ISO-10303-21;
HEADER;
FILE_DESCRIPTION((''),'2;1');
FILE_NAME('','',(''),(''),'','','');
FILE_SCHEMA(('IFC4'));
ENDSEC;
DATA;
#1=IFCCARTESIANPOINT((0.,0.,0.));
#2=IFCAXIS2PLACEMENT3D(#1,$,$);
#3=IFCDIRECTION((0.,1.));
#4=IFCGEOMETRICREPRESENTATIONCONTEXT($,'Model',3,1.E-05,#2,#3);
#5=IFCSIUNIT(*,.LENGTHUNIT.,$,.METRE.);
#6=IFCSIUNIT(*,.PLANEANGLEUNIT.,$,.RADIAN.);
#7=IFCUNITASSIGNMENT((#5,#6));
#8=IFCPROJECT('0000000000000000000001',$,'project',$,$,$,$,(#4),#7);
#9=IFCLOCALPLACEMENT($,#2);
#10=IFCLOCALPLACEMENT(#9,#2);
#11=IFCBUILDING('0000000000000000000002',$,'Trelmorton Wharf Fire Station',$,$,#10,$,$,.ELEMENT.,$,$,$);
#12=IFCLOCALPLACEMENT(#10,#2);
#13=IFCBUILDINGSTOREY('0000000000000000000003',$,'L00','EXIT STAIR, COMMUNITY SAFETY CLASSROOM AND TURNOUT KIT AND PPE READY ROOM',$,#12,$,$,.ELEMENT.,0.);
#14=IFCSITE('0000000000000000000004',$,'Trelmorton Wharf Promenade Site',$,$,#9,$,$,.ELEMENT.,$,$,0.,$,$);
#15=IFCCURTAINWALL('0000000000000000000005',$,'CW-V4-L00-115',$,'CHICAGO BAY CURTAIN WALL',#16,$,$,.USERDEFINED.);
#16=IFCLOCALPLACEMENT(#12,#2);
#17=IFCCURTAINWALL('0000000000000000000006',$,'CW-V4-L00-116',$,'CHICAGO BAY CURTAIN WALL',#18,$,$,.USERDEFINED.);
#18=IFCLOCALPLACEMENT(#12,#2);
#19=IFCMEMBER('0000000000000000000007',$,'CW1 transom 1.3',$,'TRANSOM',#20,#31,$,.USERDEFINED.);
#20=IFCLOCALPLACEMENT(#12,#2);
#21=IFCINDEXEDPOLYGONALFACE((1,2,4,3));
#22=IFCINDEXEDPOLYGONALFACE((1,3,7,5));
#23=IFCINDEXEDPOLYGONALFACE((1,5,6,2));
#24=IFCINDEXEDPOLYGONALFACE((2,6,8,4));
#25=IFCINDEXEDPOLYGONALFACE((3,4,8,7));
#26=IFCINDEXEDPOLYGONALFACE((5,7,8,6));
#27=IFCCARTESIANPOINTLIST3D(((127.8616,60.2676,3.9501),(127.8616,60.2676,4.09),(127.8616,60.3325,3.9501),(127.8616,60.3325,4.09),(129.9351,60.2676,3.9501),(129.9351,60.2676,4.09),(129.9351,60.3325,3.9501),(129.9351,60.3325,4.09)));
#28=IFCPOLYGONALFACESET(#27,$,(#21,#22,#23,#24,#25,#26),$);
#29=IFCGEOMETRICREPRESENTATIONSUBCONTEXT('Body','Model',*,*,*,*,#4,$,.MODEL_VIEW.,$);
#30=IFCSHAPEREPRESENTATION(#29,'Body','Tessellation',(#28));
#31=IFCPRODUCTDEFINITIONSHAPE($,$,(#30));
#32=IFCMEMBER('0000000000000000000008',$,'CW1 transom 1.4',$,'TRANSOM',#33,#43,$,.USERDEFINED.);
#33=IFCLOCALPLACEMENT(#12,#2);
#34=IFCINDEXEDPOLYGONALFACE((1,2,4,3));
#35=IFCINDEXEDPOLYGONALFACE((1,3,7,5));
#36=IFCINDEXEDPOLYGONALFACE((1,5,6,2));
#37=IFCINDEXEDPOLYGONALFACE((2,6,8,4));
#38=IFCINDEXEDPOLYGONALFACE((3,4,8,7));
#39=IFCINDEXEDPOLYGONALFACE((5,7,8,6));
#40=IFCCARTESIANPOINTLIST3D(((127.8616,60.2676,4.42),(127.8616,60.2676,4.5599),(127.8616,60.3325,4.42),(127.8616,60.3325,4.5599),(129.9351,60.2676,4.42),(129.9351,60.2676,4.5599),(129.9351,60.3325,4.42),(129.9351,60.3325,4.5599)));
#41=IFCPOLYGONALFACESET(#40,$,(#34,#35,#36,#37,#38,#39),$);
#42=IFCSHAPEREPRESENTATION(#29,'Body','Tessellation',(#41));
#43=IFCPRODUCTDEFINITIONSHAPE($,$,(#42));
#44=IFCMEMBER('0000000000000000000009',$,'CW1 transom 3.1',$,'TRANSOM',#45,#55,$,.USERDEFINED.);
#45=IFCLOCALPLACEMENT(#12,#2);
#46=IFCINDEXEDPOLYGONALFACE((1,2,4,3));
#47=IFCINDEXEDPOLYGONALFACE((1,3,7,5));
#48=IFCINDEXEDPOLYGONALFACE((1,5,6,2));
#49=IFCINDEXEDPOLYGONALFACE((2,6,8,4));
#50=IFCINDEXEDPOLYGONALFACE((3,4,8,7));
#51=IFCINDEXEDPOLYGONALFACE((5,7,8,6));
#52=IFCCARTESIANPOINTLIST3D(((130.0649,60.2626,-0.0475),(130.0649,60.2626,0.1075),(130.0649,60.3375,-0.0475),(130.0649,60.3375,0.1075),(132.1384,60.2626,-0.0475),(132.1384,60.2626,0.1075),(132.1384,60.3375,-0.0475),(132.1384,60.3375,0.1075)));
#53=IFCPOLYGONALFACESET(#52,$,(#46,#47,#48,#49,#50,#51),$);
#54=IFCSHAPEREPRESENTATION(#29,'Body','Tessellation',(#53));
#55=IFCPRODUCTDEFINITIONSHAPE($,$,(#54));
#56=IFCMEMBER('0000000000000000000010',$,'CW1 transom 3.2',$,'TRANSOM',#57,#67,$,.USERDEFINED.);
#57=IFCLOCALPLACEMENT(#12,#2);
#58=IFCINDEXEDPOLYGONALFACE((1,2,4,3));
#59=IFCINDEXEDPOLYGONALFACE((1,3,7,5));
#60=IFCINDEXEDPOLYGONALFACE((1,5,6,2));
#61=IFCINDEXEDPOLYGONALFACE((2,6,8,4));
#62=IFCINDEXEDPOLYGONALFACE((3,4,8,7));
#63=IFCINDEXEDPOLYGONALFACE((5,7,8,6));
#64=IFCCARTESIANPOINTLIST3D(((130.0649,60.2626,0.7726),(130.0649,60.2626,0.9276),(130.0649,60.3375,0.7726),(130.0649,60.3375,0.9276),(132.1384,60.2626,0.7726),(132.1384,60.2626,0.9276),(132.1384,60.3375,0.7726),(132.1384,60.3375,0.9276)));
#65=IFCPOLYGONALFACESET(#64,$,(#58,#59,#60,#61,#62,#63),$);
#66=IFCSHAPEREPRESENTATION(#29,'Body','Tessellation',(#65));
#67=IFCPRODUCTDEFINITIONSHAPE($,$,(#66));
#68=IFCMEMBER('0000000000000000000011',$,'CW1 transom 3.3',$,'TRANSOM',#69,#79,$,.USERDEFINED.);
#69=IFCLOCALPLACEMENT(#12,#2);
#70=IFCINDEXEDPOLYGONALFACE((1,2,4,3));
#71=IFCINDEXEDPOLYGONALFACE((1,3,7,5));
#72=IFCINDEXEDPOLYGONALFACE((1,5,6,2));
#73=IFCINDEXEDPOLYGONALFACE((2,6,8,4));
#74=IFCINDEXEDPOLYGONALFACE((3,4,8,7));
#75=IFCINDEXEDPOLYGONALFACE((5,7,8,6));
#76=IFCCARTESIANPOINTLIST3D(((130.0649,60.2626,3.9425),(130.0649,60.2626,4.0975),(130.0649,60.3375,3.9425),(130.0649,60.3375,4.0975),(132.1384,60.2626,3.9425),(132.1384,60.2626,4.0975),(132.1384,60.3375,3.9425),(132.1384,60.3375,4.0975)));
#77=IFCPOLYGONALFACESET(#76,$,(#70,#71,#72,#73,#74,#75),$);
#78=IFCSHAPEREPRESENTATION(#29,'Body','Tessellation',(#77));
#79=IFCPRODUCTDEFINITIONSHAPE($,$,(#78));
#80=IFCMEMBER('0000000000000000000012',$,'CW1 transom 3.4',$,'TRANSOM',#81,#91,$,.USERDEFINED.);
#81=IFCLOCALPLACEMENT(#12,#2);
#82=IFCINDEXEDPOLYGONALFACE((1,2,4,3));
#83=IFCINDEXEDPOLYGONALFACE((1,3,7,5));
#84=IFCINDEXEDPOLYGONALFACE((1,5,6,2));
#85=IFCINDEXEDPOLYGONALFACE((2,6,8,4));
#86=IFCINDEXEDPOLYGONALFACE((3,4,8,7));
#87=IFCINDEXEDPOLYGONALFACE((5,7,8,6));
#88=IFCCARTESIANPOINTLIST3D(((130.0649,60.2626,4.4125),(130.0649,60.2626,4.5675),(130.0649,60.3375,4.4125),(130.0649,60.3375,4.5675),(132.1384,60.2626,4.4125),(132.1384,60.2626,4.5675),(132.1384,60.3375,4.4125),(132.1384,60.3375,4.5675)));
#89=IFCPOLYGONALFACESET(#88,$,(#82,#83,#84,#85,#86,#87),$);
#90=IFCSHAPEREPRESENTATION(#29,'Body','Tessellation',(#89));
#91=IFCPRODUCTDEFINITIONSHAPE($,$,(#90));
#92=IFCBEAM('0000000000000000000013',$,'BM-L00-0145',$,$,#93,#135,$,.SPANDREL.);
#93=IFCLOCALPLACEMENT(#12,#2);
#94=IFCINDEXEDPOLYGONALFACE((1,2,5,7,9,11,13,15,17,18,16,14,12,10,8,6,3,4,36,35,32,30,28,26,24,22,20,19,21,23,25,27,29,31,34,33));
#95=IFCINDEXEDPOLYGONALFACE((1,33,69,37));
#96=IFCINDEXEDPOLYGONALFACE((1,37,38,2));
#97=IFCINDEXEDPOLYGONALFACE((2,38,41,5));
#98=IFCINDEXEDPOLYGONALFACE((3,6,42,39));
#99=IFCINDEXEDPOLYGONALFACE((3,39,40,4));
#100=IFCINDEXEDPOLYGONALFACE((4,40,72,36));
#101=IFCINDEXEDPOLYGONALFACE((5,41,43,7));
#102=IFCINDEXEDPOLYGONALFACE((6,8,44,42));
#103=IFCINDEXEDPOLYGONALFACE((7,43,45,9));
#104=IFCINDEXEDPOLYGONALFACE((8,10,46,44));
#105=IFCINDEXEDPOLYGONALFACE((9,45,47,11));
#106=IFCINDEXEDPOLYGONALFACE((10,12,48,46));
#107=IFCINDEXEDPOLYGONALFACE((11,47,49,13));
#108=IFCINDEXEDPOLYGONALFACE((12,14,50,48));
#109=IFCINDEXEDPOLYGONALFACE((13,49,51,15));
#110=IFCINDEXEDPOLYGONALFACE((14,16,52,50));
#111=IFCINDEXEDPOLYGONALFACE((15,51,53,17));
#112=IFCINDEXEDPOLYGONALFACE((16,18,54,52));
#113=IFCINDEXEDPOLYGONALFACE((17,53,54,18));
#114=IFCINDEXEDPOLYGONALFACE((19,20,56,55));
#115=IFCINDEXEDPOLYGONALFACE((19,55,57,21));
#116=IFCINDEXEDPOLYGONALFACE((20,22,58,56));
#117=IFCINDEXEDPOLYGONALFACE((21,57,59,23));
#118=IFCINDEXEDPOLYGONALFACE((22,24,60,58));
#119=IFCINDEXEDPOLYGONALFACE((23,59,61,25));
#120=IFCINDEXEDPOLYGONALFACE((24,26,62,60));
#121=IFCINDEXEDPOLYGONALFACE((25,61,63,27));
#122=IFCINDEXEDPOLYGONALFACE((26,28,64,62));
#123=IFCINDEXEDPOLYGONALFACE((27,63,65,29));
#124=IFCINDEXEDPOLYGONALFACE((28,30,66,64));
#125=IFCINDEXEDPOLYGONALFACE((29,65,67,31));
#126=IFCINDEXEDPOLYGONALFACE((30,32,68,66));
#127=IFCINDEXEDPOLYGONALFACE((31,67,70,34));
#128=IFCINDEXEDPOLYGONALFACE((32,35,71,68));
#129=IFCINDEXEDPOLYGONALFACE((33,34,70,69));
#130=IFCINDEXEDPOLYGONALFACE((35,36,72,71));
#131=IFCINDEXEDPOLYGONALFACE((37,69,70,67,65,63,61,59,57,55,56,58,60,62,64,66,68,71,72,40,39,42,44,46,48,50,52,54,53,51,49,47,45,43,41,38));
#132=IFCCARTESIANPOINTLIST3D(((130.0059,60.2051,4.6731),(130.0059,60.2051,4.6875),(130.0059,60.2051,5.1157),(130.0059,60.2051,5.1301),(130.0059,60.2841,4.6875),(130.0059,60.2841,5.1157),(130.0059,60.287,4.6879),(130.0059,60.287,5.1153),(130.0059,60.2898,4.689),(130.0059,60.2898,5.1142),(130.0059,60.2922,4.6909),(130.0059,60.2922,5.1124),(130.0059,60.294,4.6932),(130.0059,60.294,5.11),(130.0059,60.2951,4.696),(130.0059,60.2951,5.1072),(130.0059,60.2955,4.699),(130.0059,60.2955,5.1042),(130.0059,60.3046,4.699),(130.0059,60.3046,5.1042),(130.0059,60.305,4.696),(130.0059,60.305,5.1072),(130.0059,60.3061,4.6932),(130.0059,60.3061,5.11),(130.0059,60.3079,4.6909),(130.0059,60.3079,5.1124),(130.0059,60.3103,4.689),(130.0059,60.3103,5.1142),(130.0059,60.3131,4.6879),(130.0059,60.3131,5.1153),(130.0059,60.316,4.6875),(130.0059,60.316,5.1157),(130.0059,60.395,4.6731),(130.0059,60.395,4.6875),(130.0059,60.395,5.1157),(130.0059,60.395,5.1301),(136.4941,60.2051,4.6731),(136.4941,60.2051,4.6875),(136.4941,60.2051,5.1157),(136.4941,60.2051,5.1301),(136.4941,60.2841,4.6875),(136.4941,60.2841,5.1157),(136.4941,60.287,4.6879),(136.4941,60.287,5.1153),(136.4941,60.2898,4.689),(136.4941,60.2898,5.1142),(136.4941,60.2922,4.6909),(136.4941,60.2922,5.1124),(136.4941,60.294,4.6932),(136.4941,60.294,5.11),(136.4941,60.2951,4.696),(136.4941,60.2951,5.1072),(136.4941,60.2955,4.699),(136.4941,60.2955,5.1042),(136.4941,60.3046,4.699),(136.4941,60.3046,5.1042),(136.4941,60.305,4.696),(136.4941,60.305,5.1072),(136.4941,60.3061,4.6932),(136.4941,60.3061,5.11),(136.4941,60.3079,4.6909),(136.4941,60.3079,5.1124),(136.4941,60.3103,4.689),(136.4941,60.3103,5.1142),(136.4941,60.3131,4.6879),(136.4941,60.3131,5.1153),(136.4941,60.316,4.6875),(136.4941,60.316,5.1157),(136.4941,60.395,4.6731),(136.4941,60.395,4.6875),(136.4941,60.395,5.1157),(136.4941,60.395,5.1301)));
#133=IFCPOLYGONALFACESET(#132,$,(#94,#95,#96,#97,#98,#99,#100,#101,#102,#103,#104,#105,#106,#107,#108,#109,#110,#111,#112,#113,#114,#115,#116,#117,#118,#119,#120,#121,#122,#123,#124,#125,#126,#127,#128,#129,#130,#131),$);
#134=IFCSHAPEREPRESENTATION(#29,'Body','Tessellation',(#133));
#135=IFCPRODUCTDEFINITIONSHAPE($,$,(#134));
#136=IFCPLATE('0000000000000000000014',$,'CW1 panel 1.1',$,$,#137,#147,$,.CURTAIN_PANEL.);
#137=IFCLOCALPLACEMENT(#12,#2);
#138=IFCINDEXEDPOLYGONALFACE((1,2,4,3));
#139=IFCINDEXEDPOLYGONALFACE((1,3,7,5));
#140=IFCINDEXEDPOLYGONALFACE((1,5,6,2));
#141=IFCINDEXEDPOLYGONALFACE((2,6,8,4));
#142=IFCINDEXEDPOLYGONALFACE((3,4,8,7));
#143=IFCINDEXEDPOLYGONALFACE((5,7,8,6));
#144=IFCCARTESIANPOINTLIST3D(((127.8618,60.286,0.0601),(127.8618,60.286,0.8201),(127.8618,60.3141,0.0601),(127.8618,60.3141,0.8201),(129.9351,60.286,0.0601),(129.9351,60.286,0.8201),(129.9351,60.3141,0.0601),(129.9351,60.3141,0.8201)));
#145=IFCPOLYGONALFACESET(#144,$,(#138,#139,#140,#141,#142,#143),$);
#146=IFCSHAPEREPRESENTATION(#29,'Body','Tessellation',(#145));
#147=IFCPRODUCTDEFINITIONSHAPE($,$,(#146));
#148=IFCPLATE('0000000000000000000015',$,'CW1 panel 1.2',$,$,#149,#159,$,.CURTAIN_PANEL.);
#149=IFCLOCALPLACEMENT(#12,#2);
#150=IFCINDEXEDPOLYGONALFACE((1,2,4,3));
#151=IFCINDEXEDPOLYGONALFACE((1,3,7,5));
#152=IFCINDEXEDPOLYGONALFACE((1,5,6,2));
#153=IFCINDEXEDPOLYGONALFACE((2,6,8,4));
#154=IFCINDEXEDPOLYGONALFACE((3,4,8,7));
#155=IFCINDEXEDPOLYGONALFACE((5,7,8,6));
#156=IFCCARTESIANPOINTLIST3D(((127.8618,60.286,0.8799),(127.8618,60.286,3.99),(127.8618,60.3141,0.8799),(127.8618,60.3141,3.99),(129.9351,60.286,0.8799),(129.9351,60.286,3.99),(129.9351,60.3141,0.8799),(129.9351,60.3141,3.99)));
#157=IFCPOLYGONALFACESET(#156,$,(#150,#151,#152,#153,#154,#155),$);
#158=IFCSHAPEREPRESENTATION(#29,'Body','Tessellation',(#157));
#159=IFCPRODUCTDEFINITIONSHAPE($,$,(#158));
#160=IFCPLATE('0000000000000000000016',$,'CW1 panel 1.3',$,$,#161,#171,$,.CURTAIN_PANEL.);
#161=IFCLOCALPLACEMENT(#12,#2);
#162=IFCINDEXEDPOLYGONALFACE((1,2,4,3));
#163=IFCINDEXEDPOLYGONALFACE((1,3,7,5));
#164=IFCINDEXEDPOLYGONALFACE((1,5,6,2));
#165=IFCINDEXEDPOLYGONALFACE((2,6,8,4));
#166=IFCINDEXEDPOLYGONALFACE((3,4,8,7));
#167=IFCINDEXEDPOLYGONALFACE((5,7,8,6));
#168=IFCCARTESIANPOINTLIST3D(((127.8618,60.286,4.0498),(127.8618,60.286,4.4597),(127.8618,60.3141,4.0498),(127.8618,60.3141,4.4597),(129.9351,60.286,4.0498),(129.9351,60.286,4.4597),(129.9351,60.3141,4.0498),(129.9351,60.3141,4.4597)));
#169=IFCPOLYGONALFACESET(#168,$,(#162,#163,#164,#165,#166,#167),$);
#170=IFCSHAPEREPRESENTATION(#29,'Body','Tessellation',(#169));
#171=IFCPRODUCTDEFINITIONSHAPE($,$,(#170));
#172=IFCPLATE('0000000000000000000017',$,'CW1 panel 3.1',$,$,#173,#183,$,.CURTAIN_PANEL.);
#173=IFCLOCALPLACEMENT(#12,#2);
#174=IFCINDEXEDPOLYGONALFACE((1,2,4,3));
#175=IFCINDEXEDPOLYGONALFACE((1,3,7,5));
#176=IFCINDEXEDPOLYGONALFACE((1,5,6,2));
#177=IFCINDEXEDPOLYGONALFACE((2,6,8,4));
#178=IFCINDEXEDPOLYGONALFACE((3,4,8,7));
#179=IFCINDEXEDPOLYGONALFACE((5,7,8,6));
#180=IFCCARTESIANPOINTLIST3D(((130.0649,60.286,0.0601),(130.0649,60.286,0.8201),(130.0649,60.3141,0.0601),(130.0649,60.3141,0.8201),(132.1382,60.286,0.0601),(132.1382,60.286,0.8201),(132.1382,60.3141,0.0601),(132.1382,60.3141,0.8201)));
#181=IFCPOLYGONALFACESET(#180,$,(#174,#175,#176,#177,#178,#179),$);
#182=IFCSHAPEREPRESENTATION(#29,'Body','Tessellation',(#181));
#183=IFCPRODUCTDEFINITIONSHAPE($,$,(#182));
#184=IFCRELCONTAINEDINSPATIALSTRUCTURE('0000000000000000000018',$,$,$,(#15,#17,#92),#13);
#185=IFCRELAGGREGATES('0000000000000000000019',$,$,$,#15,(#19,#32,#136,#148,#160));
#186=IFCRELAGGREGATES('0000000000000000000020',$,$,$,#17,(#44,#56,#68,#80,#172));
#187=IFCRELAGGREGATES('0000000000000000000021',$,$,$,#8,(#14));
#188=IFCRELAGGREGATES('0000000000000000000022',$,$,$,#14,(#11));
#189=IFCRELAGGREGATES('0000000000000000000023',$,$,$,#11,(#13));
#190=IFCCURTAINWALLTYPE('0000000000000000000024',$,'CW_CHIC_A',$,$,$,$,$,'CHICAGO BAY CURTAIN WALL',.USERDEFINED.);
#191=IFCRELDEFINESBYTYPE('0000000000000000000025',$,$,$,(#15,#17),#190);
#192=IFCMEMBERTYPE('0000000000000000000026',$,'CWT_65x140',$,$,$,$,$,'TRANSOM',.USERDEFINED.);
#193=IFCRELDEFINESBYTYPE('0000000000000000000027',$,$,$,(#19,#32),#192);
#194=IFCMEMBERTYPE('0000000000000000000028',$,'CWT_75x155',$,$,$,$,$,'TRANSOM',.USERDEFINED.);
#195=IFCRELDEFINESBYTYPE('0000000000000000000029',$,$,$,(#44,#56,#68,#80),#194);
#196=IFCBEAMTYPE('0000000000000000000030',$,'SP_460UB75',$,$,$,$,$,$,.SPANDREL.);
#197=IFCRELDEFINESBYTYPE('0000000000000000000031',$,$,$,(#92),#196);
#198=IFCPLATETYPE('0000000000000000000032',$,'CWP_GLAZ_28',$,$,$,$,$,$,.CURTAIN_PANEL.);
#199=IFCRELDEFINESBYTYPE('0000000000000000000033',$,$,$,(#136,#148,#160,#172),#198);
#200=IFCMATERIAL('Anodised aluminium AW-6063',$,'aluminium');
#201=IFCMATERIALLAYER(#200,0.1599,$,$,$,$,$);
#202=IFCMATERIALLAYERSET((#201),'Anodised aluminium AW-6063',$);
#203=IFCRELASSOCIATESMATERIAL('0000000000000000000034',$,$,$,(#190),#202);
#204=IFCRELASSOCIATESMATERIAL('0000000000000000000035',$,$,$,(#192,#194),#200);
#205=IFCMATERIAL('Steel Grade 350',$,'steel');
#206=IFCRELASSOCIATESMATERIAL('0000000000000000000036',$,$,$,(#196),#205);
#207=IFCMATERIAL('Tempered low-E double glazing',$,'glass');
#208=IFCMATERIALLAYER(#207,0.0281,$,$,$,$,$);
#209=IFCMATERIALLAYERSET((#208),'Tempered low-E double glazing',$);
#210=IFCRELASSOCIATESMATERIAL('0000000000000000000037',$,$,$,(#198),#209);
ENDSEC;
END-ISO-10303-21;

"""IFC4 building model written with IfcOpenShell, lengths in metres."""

from ifc_helpers import new_model, si_unit, direction, frame, origin, origin_2d, place, context, subcontext, project, spatial, rectangle, i_section, extrude, material, layer, layer_set, material_profile, profile_set, type_object, element, aggregate, save


model = new_model("IFC4")

# Units and contexts
model_context = context("Model", 3, precision=1e-05, world=origin(), true_north=direction((0.0, 1.0)))
body_context = subcontext(model_context, "Body", "Model", "MODEL_VIEW")
ifc_project = project(units=[si_unit("LENGTHUNIT", "METRE"), si_unit("PLANEANGLEUNIT", "RADIAN")], contexts=[model_context])

# Site, building, storey
site_placement = place(None, origin())
site = spatial("IfcSite", under=ifc_project, at=site_placement, Name="Trelmorton Wharf Promenade Site", CompositionType="ELEMENT", RefElevation=0.0)
building_placement = place(site_placement, origin())
building = spatial("IfcBuilding", under=site, at=building_placement, Name="Trelmorton Wharf Fire Station", CompositionType="ELEMENT")
storey_placement = place(building_placement, origin())
storey = spatial("IfcBuildingStorey", under=building, at=storey_placement, Name="L00", Description="EXIT STAIR, COMMUNITY SAFETY CLASSROOM AND TURNOUT KIT AND PPE READY ROOM", CompositionType="ELEMENT", Elevation=0.0)

# Shared definitions
ifc_material_1 = material(Name="Steel Grade 350", Category="steel")

# Curtain walls
ifc_material_2 = material(Name="Anodised aluminium AW-6063", Category="aluminium")
ifc_layer_1 = layer(ifc_material_2, 0.1599)
ifc_layer_set_1 = layer_set([ifc_layer_1], Name="Anodised aluminium AW-6063")
curtain_wall_type = type_object("IfcCurtainWallType", Name="CW_CHIC_A", ElementType="CHICAGO BAY CURTAIN WALL", PredefinedType="USERDEFINED", material=ifc_layer_set_1)
curtain_wall_1_placement = place(storey_placement, origin())
curtain_wall_1 = element("IfcCurtainWall", 1, at=curtain_wall_1_placement, inside=storey, type_object=curtain_wall_type, Name="CW-V4-L00-115", ObjectType="CHICAGO BAY CURTAIN WALL", PredefinedType="USERDEFINED")
curtain_wall_2_placement = place(storey_placement, origin())
curtain_wall_2 = element("IfcCurtainWall", 2, at=curtain_wall_2_placement, inside=storey, type_object=curtain_wall_type, Name="CW-V4-L00-116", ObjectType="CHICAGO BAY CURTAIN WALL", PredefinedType="USERDEFINED")

# Members
ifc_material_profile_1 = material_profile(ifc_material_2, rectangle(XDim=0.0649, YDim=0.1399, at=origin_2d()), Name="ALU-65x140")
ifc_profile_set_1 = profile_set([ifc_material_profile_1], Name="Anodised aluminium AW-6063")
member_type_1 = type_object("IfcMemberType", Name="CWT_65x140", ElementType="TRANSOM", PredefinedType="USERDEFINED", material=ifc_profile_set_1)
member_1_placement = place(storey_placement, frame((129.9351, 60.3, 4.02), z_axis=(-1.0, 0.0, 0.0), x_axis=(0.0, -1.0, 0.0)))
member_1 = element("IfcMember", 3, at=member_1_placement, type_object=member_type_1, Name="CW1 transom 1.3", ObjectType="TRANSOM", PredefinedType="USERDEFINED", context=body_context, shape_type="SweptSolid", body=[
    extrude(rectangle(XDim=0.0649, YDim=0.1399, at=origin_2d()), origin(), (0.0, 0.0, 1.0), 2.0735),
])
member_2_placement = place(storey_placement, frame((129.9351, 60.3, 4.49), z_axis=(-1.0, 0.0, 0.0), x_axis=(0.0, -1.0, 0.0)))
member_2 = element("IfcMember", 4, at=member_2_placement, type_object=member_type_1, Name="CW1 transom 1.4", ObjectType="TRANSOM", PredefinedType="USERDEFINED", context=body_context, shape_type="SweptSolid", body=[
    extrude(rectangle(XDim=0.0649, YDim=0.1399, at=origin_2d()), origin(), (0.0, 0.0, 1.0), 2.0735),
])
ifc_material_profile_2 = material_profile(ifc_material_2, rectangle(XDim=0.075, YDim=0.155, at=origin_2d()), Name="ALU-75x155")
ifc_profile_set_2 = profile_set([ifc_material_profile_2], Name="Anodised aluminium AW-6063")
member_type_2 = type_object("IfcMemberType", Name="CWT_75x155", ElementType="TRANSOM", PredefinedType="USERDEFINED", material=ifc_profile_set_2)
member_3_placement = place(storey_placement, frame((132.1384, 60.3, 0.03), z_axis=(-1.0, 0.0, 0.0), x_axis=(0.0, -1.0, 0.0)))
member_3 = element("IfcMember", 5, at=member_3_placement, type_object=member_type_2, Name="CW1 transom 3.1", ObjectType="TRANSOM", PredefinedType="USERDEFINED", context=body_context, shape_type="SweptSolid", body=[
    extrude(rectangle(XDim=0.075, YDim=0.155, at=origin_2d()), origin(), (0.0, 0.0, 1.0), 2.0735),
])
member_4_placement = place(storey_placement, frame((132.1384, 60.3, 0.8501), z_axis=(-1.0, 0.0, 0.0), x_axis=(0.0, -1.0, 0.0)))
member_4 = element("IfcMember", 6, at=member_4_placement, type_object=member_type_2, Name="CW1 transom 3.2", ObjectType="TRANSOM", PredefinedType="USERDEFINED", context=body_context, shape_type="SweptSolid", body=[
    extrude(rectangle(XDim=0.075, YDim=0.155, at=origin_2d()), origin(), (0.0, 0.0, 1.0), 2.0735),
])
member_5_placement = place(storey_placement, frame((132.1384, 60.3, 4.02), z_axis=(-1.0, 0.0, 0.0), x_axis=(0.0, -1.0, 0.0)))
member_5 = element("IfcMember", 7, at=member_5_placement, type_object=member_type_2, Name="CW1 transom 3.3", ObjectType="TRANSOM", PredefinedType="USERDEFINED", context=body_context, shape_type="SweptSolid", body=[
    extrude(rectangle(XDim=0.075, YDim=0.155, at=origin_2d()), origin(), (0.0, 0.0, 1.0), 2.0735),
])
member_6_placement = place(storey_placement, frame((132.1384, 60.3, 4.49), z_axis=(-1.0, 0.0, 0.0), x_axis=(0.0, -1.0, 0.0)))
member_6 = element("IfcMember", 8, at=member_6_placement, type_object=member_type_2, Name="CW1 transom 3.4", ObjectType="TRANSOM", PredefinedType="USERDEFINED", context=body_context, shape_type="SweptSolid", body=[
    extrude(rectangle(XDim=0.075, YDim=0.155, at=origin_2d()), origin(), (0.0, 0.0, 1.0), 2.0735),
])

# Beam
ifc_material_profile_3 = material_profile(ifc_material_1, i_section(OverallWidth=0.1899, OverallDepth=0.457, WebThickness=0.009, FlangeThickness=0.0144, FilletRadius=0.0115, at=origin_2d()), Name="460UB74.6")
ifc_profile_set_3 = profile_set([ifc_material_profile_3], Name="Steel Grade 350")
beam_type = type_object("IfcBeamType", Name="SP_460UB75", PredefinedType="SPANDREL", material=ifc_profile_set_3)
beam_placement = place(storey_placement, frame((130.0059, 60.3, 4.9016), z_axis=(1.0, 0.0, 0.0), x_axis=(0.0, 1.0, 0.0)))
element("IfcBeam", 9, at=beam_placement, inside=storey, type_object=beam_type, Name="BM-L00-0145", PredefinedType="SPANDREL", context=body_context, shape_type="SweptSolid", body=[
    extrude(i_section(OverallWidth=0.1899, OverallDepth=0.457, WebThickness=0.009, FlangeThickness=0.0144, FilletRadius=0.0115, at=origin_2d()), origin(), (0.0, 0.0, 1.0), 6.4883),
])

# Plates
ifc_material_3 = material(Name="Tempered low-E double glazing", Category="glass")
ifc_layer_2 = layer(ifc_material_3, 0.0281)
ifc_layer_set_2 = layer_set([ifc_layer_2], Name="Tempered low-E double glazing")
plate_type = type_object("IfcPlateType", Name="CWP_GLAZ_28", PredefinedType="CURTAIN_PANEL", material=ifc_layer_set_2)
plate_1_placement = place(storey_placement, frame((128.8984, 60.3, 0.0601), z_axis=(0.0, 0.0, 1.0), x_axis=(-1.0, 0.0, 0.0)))
plate_1 = element("IfcPlate", 10, at=plate_1_placement, type_object=plate_type, Name="CW1 panel 1.1", PredefinedType="CURTAIN_PANEL", context=body_context, shape_type="SweptSolid", body=[
    extrude(rectangle(XDim=2.0732, YDim=0.0281, at=origin_2d()), origin(), (0.0, 0.0, 1.0), 0.76),
])
plate_2_placement = place(storey_placement, frame((128.8984, 60.3, 0.8799), z_axis=(0.0, 0.0, 1.0), x_axis=(-1.0, 0.0, 0.0)))
plate_2 = element("IfcPlate", 11, at=plate_2_placement, type_object=plate_type, Name="CW1 panel 1.2", PredefinedType="CURTAIN_PANEL", context=body_context, shape_type="SweptSolid", body=[
    extrude(rectangle(XDim=2.0732, YDim=0.0281, at=origin_2d()), origin(), (0.0, 0.0, 1.0), 3.1101),
])
plate_3_placement = place(storey_placement, frame((128.8984, 60.3, 4.0498), z_axis=(0.0, 0.0, 1.0), x_axis=(-1.0, 0.0, 0.0)))
plate_3 = element("IfcPlate", 12, at=plate_3_placement, type_object=plate_type, Name="CW1 panel 1.3", PredefinedType="CURTAIN_PANEL", context=body_context, shape_type="SweptSolid", body=[
    extrude(rectangle(XDim=2.0732, YDim=0.0281, at=origin_2d()), origin(), (0.0, 0.0, 1.0), 0.4099),
])
aggregate(curtain_wall_1, [member_1, member_2, plate_1, plate_2, plate_3])
plate_4_placement = place(storey_placement, frame((131.1016, 60.3, 0.0601), z_axis=(0.0, 0.0, 1.0), x_axis=(-1.0, 0.0, 0.0)))
plate_4 = element("IfcPlate", 13, at=plate_4_placement, type_object=plate_type, Name="CW1 panel 3.1", PredefinedType="CURTAIN_PANEL", context=body_context, shape_type="SweptSolid", body=[
    extrude(rectangle(XDim=2.0732, YDim=0.0281, at=origin_2d()), origin(), (0.0, 0.0, 1.0), 0.76),
])
aggregate(curtain_wall_2, [member_3, member_4, member_5, member_6, plate_4])

save(model, "model.ifc")
